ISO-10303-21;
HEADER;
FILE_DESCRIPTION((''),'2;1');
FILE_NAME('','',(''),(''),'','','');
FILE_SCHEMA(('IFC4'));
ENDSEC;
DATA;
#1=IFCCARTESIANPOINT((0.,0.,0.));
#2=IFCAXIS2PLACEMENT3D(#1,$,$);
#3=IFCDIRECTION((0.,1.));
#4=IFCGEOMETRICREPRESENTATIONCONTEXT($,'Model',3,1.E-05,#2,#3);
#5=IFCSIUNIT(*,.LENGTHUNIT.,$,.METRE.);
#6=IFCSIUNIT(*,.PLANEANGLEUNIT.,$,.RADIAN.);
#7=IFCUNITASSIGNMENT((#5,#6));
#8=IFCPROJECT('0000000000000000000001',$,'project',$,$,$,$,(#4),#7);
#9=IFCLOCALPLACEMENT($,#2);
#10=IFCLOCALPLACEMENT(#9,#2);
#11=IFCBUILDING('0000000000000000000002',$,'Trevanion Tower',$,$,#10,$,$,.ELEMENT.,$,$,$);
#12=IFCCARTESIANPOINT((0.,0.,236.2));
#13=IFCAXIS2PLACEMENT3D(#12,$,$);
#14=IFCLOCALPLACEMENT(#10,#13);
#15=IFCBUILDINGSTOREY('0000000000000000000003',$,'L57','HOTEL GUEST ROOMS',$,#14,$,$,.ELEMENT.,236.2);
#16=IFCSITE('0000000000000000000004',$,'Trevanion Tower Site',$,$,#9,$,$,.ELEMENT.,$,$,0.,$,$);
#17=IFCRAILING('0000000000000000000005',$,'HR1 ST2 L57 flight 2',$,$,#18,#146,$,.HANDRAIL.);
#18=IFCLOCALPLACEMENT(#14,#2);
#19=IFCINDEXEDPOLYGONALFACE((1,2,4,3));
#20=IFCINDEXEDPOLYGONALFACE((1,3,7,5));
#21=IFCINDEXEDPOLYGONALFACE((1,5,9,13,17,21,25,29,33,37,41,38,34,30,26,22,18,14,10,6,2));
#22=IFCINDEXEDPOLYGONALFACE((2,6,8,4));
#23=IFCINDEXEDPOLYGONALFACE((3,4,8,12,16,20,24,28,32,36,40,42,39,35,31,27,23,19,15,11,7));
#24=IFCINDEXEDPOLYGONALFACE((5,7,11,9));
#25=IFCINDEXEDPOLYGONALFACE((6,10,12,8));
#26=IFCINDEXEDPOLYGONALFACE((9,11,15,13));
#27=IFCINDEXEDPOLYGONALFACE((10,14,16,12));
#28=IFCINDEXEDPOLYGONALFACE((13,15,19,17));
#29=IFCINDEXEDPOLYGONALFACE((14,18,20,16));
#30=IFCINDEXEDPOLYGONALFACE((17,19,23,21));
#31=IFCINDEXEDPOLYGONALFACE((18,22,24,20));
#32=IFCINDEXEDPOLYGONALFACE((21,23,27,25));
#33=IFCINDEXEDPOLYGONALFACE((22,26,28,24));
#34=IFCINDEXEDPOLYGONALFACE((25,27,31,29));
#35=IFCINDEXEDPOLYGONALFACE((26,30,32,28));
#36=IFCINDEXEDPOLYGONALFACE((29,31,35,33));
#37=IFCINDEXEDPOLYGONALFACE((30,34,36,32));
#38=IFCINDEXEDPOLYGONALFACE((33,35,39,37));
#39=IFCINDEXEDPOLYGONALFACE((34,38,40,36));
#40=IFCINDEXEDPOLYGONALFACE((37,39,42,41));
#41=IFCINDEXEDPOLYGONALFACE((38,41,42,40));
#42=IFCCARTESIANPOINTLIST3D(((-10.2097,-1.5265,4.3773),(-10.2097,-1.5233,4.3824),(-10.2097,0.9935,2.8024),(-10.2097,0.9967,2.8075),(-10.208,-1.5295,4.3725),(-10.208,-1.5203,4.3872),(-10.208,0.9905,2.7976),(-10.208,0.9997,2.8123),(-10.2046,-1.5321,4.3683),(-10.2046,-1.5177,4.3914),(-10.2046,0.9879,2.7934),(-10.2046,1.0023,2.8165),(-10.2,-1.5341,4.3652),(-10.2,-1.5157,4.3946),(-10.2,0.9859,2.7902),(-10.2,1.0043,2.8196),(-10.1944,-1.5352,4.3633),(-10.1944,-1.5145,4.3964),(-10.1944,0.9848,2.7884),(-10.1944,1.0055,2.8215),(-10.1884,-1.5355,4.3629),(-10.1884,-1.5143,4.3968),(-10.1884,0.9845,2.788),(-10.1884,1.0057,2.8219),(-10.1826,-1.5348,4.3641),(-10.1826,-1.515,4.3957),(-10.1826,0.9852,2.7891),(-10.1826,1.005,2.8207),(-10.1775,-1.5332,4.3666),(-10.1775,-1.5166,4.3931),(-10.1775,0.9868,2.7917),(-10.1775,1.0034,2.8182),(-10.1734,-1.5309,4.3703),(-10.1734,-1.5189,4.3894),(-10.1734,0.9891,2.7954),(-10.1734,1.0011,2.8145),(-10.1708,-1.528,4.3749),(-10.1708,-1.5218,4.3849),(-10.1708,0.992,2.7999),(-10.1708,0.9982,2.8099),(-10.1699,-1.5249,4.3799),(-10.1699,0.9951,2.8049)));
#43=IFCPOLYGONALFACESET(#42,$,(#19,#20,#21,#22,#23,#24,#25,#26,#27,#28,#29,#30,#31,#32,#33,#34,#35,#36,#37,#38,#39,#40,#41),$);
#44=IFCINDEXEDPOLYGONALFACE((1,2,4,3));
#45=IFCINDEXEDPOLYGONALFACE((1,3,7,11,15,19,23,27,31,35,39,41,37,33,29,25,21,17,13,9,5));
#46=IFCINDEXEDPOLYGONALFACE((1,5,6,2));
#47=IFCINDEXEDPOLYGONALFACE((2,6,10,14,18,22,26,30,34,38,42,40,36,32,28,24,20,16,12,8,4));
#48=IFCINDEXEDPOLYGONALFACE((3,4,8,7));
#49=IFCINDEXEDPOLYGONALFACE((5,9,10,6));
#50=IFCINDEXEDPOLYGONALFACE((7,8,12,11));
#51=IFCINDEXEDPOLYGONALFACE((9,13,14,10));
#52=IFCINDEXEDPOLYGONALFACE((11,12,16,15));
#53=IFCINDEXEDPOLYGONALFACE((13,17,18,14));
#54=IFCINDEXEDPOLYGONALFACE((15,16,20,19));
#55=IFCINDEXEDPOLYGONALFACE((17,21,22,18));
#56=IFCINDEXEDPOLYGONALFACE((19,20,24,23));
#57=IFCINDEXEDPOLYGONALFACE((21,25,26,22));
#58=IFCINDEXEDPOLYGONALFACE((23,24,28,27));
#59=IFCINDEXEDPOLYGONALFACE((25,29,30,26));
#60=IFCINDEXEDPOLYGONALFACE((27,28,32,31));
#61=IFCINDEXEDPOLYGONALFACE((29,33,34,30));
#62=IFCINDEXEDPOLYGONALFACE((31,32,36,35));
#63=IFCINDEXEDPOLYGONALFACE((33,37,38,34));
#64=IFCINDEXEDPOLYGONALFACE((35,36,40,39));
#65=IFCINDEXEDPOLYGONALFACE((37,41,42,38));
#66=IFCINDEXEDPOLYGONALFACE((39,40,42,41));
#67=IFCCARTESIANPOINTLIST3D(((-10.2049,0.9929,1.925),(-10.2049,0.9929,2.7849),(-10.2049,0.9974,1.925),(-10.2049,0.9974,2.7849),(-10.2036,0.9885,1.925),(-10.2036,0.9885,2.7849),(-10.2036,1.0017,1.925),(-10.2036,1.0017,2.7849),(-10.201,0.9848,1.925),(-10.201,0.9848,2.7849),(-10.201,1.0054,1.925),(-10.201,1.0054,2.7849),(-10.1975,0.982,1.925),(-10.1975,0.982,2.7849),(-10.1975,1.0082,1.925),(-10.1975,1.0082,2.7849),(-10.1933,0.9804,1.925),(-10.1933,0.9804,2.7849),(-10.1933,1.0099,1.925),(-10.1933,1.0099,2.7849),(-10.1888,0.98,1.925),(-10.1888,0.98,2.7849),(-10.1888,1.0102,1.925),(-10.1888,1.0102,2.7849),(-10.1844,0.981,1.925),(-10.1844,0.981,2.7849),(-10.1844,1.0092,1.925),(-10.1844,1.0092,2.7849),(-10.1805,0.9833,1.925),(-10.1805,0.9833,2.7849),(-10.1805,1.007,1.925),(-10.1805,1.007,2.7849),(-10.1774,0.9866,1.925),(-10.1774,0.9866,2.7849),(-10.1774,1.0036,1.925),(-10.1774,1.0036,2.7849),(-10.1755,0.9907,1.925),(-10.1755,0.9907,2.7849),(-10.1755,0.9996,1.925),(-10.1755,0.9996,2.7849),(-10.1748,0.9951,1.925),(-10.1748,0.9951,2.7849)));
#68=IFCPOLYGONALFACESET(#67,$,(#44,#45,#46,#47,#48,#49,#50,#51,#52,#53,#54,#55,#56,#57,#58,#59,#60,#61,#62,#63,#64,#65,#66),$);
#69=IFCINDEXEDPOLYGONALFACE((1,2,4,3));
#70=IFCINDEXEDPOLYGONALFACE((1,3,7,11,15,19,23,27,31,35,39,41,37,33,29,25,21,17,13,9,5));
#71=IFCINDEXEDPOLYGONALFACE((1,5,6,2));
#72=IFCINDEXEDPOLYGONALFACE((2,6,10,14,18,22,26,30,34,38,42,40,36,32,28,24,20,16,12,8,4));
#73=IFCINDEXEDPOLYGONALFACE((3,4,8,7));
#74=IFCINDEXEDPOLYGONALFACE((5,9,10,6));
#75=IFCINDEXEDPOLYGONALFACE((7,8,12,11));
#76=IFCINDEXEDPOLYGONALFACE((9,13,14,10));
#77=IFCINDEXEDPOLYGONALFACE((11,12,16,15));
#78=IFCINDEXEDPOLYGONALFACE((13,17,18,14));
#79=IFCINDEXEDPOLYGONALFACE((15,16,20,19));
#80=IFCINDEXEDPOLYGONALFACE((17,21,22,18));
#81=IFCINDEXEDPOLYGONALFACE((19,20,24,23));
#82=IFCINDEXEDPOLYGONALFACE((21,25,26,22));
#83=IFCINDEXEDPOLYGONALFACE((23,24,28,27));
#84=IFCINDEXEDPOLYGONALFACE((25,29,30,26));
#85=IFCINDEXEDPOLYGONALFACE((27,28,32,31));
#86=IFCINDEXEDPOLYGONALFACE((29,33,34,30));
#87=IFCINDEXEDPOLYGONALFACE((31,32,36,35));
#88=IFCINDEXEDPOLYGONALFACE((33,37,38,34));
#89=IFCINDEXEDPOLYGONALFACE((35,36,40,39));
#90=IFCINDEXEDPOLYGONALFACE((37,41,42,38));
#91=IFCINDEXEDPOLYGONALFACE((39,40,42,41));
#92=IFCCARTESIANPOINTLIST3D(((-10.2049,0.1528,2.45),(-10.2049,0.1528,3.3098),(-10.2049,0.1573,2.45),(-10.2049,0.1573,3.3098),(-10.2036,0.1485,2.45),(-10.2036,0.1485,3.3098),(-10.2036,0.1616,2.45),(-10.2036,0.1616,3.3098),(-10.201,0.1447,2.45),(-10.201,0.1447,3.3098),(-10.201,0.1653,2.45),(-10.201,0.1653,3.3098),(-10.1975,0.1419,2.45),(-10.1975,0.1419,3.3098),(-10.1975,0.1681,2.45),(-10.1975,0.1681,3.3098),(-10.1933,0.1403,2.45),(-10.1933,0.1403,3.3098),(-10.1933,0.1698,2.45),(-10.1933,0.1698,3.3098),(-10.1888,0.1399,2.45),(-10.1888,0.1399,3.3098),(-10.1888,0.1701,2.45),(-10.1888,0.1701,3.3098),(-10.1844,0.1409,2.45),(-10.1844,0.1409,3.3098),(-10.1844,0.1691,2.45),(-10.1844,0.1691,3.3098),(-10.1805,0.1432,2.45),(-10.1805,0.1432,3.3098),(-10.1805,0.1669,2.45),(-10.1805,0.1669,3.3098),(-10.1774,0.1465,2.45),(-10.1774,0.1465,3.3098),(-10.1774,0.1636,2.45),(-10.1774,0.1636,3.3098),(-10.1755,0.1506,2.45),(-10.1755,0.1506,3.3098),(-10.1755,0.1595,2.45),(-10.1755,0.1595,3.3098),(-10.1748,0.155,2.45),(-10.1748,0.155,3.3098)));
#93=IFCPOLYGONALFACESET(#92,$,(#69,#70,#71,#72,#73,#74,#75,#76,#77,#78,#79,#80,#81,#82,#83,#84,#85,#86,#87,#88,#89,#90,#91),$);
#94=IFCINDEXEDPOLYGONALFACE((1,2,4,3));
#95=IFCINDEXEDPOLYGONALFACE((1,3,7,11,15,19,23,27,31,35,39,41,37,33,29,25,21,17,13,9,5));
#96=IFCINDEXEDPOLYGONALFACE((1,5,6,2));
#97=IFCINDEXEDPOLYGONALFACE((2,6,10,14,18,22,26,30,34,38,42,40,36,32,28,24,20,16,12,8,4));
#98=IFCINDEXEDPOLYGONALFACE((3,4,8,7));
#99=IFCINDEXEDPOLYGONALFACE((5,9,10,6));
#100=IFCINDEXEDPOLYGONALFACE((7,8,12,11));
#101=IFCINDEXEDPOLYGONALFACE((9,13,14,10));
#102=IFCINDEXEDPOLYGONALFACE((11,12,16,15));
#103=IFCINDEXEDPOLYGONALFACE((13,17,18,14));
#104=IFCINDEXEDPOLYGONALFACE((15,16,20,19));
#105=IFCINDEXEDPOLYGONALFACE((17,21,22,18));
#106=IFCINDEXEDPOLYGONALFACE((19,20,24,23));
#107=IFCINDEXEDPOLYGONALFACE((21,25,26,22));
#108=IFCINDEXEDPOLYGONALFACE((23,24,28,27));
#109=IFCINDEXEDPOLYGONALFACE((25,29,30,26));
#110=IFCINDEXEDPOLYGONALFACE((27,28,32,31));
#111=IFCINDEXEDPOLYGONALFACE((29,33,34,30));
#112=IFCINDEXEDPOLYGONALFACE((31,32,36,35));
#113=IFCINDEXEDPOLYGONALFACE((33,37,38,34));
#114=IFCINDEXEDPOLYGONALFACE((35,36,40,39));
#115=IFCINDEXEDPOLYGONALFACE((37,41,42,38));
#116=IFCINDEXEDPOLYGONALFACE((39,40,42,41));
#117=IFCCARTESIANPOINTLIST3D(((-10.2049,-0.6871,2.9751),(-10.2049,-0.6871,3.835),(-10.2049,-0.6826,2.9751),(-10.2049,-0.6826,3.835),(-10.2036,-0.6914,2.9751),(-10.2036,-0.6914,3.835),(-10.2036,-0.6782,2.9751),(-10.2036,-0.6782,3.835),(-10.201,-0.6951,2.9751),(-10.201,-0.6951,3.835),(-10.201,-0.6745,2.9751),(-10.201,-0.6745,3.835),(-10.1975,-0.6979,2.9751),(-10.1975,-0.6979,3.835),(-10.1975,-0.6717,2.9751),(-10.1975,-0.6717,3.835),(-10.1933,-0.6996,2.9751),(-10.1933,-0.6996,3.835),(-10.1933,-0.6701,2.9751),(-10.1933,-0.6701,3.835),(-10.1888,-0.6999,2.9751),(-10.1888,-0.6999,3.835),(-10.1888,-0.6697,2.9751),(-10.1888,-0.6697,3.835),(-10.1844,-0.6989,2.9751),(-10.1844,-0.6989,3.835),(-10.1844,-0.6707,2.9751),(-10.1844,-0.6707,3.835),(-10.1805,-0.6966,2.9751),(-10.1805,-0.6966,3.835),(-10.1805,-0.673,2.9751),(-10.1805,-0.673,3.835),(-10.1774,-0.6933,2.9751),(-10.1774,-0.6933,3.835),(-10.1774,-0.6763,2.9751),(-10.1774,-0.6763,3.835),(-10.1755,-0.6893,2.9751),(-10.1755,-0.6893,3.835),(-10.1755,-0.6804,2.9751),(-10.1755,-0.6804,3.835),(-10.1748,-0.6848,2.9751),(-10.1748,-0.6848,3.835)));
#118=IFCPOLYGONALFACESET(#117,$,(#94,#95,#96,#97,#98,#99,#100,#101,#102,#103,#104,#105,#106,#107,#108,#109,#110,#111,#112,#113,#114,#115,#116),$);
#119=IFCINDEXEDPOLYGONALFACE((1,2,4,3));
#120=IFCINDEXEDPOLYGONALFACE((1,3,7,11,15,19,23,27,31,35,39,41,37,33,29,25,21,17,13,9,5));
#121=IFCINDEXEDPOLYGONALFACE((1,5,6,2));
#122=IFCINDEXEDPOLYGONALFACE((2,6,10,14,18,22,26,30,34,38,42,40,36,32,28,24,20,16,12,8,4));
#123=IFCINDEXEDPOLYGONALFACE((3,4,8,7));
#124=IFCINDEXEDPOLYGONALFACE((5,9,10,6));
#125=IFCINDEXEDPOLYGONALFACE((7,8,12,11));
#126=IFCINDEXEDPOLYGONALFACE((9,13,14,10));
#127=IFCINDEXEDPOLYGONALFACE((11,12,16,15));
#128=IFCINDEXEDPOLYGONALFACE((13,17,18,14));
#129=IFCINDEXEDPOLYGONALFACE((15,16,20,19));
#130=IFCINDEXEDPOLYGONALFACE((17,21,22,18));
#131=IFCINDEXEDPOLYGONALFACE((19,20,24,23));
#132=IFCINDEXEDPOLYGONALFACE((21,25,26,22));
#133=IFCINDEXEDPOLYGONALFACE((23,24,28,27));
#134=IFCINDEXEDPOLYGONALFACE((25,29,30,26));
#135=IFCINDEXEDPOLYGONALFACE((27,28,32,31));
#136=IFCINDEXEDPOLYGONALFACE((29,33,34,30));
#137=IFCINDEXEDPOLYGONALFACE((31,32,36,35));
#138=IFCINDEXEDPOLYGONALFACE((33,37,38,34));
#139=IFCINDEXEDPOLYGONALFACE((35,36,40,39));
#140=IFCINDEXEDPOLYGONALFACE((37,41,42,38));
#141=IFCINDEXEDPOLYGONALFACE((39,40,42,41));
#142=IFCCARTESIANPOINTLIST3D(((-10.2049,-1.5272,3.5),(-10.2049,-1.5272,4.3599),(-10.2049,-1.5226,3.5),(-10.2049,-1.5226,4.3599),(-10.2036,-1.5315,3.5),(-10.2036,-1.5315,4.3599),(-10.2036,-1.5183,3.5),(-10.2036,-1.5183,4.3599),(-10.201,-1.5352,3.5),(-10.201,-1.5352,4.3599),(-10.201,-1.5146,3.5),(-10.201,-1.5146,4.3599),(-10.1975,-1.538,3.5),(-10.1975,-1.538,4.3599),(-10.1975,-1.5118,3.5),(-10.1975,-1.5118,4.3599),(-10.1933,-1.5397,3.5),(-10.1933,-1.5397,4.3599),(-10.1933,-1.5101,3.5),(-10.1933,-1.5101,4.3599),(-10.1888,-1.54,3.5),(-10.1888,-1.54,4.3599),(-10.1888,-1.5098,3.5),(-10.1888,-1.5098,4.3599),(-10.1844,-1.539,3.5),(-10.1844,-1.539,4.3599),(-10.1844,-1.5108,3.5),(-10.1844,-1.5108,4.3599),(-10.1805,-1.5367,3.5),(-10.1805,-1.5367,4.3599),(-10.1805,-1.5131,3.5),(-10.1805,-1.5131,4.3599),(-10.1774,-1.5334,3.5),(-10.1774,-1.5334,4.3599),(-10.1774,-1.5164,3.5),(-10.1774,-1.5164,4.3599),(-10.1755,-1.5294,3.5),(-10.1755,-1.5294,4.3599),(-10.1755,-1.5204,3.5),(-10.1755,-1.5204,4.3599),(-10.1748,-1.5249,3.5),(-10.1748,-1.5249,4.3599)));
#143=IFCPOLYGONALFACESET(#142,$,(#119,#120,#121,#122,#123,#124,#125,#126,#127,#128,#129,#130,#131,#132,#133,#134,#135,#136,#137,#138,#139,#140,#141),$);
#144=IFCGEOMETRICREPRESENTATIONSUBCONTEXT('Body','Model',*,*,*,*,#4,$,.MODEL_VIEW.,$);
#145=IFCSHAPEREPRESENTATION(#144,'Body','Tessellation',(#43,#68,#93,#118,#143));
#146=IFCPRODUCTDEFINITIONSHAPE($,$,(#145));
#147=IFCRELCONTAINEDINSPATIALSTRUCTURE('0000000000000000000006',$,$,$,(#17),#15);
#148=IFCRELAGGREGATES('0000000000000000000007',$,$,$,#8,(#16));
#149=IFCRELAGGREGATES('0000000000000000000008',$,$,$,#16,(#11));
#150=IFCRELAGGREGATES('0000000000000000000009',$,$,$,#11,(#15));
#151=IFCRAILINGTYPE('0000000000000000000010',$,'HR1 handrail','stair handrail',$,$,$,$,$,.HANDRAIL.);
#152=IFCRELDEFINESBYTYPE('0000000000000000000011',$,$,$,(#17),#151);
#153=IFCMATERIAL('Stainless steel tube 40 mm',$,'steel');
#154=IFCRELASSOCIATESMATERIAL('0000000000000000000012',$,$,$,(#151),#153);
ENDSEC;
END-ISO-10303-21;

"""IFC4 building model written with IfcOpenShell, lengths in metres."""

from ifc_helpers import new_model, si_unit, direction, frame, origin, origin_2d, place, context, subcontext, project, spatial, circle, extrude, material, type_object, element, save


model = new_model("IFC4")

# Units and contexts
model_context = context("Model", 3, precision=1e-05, world=origin(), true_north=direction((0.0, 1.0)))
body_context = subcontext(model_context, "Body", "Model", "MODEL_VIEW")
ifc_project = project(units=[si_unit("LENGTHUNIT", "METRE"), si_unit("PLANEANGLEUNIT", "RADIAN")], contexts=[model_context])

# Site, building, storey
site_placement = place(None, origin())
site = spatial("IfcSite", under=ifc_project, at=site_placement, Name="Trevanion Tower Site", CompositionType="ELEMENT", RefElevation=0.0)
building_placement = place(site_placement, origin())
building = spatial("IfcBuilding", under=site, at=building_placement, Name="Trevanion Tower", CompositionType="ELEMENT")
storey_placement = place(building_placement, frame((0.0, 0.0, 236.2)))
storey = spatial("IfcBuildingStorey", under=building, at=storey_placement, Name="L57", Description="HOTEL GUEST ROOMS", CompositionType="ELEMENT", Elevation=236.2)

# Railing
ifc_material_1 = material(Name="Stainless steel tube 40 mm", Category="steel")
railing_type = type_object("IfcRailingType", Name="HR1 handrail", Description="stair handrail", PredefinedType="HANDRAIL", material=ifc_material_1)
for number, where, name in (
    (1, (-10.1899, 0.9951, 1.925), "HR1 ST2 L57 flight 2"),
):
    element("IfcRailing", number, at=place(storey_placement, frame(where)), inside=storey, type_object=railing_type, Name=name, PredefinedType="HANDRAIL", context=body_context, shape_type="SweptSolid", body=[
        extrude(circle(Radius=0.02, at=origin_2d()), frame((0.0, 0.0, 0.8799), z_axis=(0.0, -0.848008, 0.529984), x_axis=(1.0, 0.0, 0.0)), (0.0, 0.0, 1.0), 2.9717),
        extrude(circle(Radius=0.0151, at=origin_2d()), origin(), (0.0, 0.0, 1.0), 0.8599),
        extrude(circle(Radius=0.0151, at=origin_2d()), frame((0.0, -0.8401, 0.5249)), (0.0, 0.0, 1.0), 0.8599),
        extrude(circle(Radius=0.0151, at=origin_2d()), frame((0.0, -1.6799, 1.05)), (0.0, 0.0, 1.0), 0.8599),
        extrude(circle(Radius=0.0151, at=origin_2d()), frame((0.0, -2.52, 1.575)), (0.0, 0.0, 1.0), 0.8599),
    ])

save(model, "model.ifc")
